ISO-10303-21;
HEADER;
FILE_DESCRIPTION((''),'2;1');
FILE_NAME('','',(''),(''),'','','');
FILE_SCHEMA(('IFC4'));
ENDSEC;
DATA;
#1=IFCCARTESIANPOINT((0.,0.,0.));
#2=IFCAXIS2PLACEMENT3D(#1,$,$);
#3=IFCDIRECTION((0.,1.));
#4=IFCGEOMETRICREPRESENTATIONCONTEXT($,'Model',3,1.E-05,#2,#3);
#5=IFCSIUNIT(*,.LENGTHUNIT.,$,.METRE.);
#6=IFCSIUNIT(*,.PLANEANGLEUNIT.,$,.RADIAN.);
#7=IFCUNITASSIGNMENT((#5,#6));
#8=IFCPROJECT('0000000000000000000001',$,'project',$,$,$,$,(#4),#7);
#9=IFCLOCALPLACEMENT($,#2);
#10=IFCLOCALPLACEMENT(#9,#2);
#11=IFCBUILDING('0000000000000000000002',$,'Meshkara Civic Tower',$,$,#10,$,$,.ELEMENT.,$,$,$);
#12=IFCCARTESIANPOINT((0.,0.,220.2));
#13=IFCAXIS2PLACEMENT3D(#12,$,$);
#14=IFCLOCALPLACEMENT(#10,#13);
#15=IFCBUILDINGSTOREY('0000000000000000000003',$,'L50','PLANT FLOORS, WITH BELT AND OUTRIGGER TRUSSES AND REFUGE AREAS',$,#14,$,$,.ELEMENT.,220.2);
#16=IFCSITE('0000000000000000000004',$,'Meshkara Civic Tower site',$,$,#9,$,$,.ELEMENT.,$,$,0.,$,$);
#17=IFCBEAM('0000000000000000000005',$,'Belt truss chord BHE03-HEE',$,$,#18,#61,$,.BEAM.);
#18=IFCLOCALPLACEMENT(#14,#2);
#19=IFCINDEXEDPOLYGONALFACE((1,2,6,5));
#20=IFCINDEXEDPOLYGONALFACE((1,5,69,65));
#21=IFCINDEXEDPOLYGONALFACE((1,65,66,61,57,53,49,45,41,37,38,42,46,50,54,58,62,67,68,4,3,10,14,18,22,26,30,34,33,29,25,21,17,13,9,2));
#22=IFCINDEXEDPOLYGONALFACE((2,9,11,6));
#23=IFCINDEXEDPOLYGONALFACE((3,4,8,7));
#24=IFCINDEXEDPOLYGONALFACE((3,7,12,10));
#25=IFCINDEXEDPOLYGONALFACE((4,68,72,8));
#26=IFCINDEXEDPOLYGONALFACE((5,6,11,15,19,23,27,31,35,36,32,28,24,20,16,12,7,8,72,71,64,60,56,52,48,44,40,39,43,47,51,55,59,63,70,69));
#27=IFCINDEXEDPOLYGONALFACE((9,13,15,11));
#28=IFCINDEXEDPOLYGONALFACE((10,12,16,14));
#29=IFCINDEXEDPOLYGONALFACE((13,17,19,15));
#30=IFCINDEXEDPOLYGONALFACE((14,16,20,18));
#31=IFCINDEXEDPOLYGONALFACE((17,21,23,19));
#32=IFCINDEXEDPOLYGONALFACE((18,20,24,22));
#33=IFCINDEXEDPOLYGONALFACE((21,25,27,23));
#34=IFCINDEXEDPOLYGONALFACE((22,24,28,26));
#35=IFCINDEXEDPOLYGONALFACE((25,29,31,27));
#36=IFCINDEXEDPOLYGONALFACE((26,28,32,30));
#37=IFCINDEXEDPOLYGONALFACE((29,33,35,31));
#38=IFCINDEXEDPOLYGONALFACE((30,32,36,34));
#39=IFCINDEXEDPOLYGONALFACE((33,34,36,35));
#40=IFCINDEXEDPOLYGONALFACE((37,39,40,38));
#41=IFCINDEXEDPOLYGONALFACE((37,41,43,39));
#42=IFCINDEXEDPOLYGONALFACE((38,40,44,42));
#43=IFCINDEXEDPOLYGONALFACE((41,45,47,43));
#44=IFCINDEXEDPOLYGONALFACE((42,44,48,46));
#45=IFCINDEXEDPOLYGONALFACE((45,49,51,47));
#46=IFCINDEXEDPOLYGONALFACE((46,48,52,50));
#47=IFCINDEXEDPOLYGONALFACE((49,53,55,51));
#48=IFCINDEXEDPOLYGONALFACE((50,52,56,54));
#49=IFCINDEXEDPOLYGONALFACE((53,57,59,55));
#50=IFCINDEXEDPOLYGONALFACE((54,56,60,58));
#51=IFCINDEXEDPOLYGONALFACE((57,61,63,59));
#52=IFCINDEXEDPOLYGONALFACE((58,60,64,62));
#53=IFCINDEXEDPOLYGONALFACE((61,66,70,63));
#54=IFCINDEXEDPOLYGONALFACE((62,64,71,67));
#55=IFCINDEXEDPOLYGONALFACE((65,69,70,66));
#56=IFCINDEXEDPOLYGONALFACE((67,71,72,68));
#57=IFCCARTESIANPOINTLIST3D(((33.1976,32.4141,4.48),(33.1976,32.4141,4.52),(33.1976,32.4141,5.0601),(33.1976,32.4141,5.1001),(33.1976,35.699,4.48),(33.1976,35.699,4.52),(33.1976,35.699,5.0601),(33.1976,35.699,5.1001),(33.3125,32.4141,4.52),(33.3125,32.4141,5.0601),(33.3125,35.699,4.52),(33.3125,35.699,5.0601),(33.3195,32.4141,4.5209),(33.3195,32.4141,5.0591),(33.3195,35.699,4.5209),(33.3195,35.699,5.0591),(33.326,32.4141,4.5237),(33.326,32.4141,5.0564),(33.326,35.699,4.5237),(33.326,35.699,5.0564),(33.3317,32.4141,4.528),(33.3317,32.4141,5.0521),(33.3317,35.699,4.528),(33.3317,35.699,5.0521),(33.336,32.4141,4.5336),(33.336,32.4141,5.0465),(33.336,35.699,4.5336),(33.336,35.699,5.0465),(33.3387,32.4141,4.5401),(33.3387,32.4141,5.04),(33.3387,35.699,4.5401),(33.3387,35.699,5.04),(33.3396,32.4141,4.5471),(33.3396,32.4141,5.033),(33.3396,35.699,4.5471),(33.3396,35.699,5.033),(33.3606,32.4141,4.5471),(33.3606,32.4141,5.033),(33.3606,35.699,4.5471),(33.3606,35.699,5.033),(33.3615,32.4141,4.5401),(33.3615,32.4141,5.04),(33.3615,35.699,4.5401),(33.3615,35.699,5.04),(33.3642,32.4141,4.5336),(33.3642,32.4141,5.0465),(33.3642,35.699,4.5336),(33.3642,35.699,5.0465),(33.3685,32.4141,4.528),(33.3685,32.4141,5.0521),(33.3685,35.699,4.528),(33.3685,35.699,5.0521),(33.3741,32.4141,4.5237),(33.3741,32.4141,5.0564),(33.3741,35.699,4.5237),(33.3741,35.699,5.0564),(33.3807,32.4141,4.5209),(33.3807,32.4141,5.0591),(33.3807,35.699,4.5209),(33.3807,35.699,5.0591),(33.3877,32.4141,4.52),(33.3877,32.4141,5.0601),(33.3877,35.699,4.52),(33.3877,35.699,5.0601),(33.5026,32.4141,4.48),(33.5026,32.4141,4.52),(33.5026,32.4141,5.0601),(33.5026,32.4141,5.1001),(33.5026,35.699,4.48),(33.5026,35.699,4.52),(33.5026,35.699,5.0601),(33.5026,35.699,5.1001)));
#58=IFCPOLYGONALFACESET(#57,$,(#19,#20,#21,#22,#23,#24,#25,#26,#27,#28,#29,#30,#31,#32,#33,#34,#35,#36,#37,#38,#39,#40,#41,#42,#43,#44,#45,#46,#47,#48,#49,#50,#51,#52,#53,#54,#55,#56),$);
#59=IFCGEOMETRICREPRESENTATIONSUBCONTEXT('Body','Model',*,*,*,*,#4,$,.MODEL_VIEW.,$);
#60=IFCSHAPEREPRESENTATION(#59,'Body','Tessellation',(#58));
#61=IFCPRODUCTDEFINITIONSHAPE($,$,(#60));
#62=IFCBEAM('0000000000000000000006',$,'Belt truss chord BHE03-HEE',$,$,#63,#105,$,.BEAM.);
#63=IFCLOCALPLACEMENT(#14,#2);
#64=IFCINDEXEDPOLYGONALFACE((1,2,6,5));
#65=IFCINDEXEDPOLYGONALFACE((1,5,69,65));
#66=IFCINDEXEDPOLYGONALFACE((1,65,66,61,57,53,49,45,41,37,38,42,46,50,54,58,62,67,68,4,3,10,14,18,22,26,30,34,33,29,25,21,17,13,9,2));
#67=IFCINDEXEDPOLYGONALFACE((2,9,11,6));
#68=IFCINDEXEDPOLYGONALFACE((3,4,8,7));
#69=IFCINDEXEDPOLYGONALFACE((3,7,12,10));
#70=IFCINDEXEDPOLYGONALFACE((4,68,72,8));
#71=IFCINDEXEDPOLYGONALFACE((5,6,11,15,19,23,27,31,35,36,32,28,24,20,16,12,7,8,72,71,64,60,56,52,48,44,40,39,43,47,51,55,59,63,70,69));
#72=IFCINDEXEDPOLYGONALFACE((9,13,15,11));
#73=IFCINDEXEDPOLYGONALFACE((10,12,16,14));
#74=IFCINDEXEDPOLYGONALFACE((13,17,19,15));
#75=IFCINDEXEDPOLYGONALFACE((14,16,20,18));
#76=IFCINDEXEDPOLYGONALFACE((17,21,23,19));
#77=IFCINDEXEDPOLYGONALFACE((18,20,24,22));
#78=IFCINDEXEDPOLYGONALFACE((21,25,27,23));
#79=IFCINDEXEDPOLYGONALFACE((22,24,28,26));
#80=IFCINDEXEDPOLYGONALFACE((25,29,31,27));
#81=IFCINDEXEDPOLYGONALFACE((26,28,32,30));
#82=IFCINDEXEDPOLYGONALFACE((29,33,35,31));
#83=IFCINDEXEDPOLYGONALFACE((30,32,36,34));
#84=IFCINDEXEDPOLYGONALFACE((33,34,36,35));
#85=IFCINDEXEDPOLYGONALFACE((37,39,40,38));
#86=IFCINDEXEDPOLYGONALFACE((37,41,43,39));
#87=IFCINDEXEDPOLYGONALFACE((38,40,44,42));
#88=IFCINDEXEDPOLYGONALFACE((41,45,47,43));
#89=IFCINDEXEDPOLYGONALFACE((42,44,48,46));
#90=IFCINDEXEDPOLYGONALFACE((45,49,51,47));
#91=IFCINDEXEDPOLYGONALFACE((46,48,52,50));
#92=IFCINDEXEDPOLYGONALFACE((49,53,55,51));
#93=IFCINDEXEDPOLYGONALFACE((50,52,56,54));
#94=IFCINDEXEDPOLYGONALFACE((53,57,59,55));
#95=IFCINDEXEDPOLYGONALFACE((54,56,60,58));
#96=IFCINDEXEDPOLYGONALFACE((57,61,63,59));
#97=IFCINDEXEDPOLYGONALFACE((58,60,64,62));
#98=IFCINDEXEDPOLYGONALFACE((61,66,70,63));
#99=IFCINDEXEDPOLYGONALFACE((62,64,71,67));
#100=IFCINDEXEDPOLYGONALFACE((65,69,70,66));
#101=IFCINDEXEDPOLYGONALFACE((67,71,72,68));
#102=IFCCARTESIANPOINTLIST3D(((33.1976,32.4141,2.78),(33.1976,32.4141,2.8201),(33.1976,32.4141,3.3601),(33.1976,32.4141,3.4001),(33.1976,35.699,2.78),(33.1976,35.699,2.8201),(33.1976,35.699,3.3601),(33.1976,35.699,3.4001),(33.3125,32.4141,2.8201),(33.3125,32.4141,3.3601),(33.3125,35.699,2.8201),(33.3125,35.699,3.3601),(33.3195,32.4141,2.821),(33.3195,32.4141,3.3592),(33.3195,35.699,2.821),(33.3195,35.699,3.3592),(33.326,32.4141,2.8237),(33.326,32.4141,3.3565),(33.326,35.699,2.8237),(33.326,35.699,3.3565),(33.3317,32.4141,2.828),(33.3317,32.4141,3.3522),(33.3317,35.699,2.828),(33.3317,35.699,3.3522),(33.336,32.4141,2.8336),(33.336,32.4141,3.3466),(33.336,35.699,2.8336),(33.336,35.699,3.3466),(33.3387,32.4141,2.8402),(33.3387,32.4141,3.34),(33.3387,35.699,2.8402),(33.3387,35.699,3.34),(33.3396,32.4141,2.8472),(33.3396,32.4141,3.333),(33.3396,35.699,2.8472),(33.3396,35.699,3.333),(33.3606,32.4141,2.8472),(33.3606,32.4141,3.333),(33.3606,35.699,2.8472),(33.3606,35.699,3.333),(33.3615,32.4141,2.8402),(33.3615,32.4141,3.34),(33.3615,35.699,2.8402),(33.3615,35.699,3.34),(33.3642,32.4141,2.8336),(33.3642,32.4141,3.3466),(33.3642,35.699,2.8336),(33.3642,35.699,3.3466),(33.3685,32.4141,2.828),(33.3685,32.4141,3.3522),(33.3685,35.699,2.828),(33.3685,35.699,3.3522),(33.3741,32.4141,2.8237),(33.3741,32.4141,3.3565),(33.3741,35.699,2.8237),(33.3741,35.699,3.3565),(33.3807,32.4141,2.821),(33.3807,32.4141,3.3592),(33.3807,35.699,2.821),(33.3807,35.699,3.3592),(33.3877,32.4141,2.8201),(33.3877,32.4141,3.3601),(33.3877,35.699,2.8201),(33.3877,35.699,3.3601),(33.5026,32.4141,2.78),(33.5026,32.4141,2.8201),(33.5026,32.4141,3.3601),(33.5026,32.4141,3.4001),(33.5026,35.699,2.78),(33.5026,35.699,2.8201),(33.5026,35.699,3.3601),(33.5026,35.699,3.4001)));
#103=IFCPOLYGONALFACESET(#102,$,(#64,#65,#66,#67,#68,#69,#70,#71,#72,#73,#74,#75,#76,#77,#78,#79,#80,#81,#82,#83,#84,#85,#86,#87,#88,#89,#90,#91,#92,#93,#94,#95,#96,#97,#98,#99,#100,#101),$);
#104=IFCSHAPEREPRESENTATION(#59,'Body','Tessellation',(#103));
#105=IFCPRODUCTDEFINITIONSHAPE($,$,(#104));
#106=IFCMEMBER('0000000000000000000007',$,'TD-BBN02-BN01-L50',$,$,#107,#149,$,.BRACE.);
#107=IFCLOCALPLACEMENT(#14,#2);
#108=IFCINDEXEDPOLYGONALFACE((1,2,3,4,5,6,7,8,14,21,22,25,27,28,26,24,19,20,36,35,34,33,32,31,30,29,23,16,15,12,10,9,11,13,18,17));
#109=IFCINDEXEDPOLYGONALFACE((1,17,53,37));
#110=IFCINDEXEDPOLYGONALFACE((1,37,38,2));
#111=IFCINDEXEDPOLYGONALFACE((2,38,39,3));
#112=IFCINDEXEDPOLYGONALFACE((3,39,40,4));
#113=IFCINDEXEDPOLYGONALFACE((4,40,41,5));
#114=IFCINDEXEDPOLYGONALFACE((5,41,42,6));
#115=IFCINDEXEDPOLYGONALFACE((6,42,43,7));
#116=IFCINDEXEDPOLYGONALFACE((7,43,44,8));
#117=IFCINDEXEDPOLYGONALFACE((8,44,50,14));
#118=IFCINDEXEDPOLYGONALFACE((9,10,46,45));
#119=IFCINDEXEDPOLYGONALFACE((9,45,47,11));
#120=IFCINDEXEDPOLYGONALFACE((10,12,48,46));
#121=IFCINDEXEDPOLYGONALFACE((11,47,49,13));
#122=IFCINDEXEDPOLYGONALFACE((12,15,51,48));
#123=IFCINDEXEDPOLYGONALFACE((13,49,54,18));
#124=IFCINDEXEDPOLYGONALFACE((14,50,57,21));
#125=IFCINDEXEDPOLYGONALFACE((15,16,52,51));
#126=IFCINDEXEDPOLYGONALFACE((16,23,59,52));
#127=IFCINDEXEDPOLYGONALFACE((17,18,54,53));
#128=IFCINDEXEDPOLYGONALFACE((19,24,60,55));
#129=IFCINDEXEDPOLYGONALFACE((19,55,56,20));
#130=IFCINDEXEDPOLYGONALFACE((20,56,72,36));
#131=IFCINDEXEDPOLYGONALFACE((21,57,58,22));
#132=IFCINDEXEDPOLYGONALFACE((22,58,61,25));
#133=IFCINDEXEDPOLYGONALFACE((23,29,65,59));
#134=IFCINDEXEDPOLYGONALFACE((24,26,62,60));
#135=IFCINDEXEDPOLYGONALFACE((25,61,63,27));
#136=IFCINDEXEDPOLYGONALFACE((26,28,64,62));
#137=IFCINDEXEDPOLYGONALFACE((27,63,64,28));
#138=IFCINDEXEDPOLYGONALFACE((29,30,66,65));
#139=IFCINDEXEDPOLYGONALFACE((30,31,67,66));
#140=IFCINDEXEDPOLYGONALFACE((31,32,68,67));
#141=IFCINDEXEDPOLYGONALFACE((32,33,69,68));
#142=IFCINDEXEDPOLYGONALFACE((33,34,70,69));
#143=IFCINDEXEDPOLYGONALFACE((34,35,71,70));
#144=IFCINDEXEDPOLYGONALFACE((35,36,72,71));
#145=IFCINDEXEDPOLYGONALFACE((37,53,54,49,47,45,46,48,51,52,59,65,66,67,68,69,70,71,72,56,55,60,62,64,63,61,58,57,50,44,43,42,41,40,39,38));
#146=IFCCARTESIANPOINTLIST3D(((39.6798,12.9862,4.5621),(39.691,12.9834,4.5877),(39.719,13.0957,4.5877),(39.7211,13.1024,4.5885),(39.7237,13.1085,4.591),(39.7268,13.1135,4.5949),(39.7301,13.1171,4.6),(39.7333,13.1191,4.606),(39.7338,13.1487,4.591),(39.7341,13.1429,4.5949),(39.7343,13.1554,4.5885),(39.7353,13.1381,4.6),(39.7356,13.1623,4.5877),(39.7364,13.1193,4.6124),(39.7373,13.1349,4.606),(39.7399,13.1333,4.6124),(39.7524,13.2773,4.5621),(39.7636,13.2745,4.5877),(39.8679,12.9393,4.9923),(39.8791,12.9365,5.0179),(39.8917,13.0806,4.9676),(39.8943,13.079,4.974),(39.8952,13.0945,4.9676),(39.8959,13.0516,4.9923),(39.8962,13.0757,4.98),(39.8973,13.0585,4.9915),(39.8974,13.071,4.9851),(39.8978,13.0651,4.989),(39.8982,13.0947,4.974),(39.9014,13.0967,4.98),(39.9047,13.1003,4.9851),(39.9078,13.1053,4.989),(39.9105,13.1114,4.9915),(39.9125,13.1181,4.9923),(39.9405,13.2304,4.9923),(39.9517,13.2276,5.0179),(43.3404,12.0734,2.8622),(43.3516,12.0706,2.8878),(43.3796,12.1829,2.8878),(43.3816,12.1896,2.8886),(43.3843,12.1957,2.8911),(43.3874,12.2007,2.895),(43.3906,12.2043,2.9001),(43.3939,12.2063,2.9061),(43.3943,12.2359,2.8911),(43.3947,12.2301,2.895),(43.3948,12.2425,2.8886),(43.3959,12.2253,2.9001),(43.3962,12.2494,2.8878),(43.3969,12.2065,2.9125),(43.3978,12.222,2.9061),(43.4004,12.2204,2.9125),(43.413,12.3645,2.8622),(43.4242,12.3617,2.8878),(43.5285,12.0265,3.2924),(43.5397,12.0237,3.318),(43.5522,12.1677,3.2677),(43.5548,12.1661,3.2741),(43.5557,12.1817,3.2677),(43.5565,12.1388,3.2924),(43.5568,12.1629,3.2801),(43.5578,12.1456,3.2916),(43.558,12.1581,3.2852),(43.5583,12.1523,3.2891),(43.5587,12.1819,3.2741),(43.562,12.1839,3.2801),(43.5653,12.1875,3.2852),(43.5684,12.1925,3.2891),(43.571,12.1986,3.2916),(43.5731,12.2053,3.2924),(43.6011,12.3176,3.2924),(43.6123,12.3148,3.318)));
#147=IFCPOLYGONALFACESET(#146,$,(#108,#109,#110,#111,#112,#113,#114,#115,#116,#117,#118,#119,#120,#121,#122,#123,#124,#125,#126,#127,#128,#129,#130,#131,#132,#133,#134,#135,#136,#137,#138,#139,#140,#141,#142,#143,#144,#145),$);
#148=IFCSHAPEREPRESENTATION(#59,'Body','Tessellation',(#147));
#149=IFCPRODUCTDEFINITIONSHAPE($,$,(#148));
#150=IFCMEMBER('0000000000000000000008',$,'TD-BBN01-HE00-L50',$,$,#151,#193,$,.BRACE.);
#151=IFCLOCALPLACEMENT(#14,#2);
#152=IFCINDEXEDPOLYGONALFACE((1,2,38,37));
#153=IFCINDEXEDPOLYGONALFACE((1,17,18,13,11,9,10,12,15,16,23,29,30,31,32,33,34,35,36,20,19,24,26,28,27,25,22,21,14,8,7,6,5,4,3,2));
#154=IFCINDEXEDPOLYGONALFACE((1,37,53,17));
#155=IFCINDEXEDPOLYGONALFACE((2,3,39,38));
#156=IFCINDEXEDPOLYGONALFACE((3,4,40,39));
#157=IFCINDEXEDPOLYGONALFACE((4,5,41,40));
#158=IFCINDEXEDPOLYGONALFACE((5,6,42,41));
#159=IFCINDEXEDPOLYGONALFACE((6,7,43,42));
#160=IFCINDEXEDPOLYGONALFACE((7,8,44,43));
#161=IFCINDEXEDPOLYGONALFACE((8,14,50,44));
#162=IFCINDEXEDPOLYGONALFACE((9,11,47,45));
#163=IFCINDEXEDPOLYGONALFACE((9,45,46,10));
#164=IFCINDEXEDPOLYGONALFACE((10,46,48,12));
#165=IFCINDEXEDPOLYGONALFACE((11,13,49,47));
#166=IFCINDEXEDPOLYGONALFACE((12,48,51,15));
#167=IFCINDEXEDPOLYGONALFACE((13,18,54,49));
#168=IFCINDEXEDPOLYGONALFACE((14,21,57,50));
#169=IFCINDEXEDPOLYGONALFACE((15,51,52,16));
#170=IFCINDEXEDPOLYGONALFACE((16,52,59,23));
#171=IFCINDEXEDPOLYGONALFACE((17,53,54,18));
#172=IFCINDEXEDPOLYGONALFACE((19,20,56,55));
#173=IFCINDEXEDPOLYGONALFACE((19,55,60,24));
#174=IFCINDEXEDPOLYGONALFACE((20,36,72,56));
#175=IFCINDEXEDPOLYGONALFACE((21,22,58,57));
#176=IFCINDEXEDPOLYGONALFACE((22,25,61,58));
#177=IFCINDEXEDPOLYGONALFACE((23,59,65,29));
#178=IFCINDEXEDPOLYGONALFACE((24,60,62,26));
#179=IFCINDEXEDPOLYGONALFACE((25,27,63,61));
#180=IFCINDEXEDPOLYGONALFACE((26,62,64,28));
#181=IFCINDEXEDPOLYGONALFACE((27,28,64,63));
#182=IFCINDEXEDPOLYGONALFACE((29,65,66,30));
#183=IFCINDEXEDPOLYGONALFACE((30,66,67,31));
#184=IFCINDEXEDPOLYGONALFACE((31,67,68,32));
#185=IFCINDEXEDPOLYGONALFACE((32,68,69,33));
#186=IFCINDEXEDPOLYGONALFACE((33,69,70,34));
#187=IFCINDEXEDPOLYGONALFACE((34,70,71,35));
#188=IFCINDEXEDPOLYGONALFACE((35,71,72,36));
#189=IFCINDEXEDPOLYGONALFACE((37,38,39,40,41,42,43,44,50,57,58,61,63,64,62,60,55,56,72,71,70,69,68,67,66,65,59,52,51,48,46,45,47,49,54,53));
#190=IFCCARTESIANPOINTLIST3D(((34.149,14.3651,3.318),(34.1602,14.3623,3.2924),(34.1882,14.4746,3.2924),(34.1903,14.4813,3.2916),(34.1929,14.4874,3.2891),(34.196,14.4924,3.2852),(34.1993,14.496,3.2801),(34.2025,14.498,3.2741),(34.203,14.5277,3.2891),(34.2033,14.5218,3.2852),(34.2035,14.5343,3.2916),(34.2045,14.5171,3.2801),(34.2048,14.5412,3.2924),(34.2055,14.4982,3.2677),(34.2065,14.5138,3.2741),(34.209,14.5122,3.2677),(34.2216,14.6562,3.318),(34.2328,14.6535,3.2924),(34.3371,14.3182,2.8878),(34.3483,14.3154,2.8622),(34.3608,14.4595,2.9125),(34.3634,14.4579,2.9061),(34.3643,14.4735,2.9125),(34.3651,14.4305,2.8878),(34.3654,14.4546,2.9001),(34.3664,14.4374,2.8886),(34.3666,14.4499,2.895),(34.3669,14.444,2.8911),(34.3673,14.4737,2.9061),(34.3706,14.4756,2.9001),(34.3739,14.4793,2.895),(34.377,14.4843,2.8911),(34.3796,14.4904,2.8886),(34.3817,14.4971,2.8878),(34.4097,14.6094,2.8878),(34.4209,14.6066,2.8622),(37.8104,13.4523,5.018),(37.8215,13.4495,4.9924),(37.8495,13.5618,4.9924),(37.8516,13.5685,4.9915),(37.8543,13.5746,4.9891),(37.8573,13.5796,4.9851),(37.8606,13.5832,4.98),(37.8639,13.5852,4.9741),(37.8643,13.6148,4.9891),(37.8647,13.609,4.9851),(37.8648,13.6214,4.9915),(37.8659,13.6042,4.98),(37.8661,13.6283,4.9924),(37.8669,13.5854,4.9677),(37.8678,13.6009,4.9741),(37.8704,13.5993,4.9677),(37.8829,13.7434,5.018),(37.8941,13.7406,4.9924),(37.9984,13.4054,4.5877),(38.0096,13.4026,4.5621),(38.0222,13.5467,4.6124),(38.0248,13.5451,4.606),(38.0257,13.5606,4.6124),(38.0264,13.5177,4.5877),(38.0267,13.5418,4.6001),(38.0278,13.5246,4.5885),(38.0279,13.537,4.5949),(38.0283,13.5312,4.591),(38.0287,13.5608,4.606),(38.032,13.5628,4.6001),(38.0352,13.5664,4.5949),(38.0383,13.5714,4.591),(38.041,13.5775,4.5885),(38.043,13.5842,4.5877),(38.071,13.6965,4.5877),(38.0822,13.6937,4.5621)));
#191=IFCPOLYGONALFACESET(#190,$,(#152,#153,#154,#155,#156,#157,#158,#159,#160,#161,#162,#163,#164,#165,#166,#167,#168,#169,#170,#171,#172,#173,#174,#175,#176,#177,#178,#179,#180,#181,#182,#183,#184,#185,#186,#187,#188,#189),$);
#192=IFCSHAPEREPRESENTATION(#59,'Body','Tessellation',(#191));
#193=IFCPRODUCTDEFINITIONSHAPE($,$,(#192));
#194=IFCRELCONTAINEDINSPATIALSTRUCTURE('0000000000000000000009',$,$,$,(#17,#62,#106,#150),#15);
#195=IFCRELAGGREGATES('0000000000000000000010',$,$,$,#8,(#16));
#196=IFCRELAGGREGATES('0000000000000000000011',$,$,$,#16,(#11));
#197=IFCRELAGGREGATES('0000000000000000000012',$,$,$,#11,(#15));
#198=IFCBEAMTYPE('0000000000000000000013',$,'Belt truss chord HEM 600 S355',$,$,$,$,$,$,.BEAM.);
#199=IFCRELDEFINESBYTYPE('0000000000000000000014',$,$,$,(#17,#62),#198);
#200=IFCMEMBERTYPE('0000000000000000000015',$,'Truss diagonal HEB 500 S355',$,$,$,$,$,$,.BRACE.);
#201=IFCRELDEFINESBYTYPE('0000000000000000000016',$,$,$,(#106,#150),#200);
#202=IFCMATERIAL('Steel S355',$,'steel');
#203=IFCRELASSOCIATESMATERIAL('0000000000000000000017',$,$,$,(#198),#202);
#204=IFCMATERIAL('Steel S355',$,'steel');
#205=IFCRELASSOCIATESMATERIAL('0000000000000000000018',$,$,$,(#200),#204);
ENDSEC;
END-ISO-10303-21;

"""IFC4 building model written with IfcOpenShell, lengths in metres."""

from ifc_helpers import new_model, si_unit, direction, frame, origin, origin_2d, place, context, subcontext, project, spatial, i_section, extrude, material, material_profile, profile_set, type_object, element, save


model = new_model("IFC4")

# Units and contexts
model_context = context("Model", 3, precision=1e-05, world=origin(), true_north=direction((0.0, 1.0)))
body_context = subcontext(model_context, "Body", "Model", "MODEL_VIEW")
ifc_project = project(units=[si_unit("LENGTHUNIT", "METRE"), si_unit("PLANEANGLEUNIT", "RADIAN")], contexts=[model_context])

# Site, building, storey
site_placement = place(None, origin())
site = spatial("IfcSite", under=ifc_project, at=site_placement, Name="Meshkara Civic Tower site", CompositionType="ELEMENT", RefElevation=0.0)
building_placement = place(site_placement, origin())
building = spatial("IfcBuilding", under=site, at=building_placement, Name="Meshkara Civic Tower", CompositionType="ELEMENT")
storey_placement = place(building_placement, frame((0.0, 0.0, 220.2)))
storey = spatial("IfcBuildingStorey", under=building, at=storey_placement, Name="L50", Description="PLANT FLOORS, WITH BELT AND OUTRIGGER TRUSSES AND REFUGE AREAS", CompositionType="ELEMENT", Elevation=220.2)

# Beams
ifc_material_1 = material(Name="Steel S355", Category="steel")
ifc_material_profile_1 = material_profile(ifc_material_1, i_section(OverallWidth=0.3049, OverallDepth=0.6201, WebThickness=0.021, FlangeThickness=0.04, FilletRadius=0.0271, at=origin_2d()))
ifc_profile_set_1 = profile_set([ifc_material_profile_1], Name="Steel S355")
beam_type = type_object("IfcBeamType", Name="Belt truss chord HEM 600 S355", PredefinedType="BEAM", material=ifc_profile_set_1)
for number, where, z_axis, x_axis, name in (
    (1, (33.3501, 32.4141, 4.79), (0.0, 1.0, 0.0), (-1.0, 0.0, 0.0), "Belt truss chord BHE03-HEE"),
    (2, (33.3501, 32.4141, 3.0901), (0.0, 1.0, 0.0), (-1.0, 0.0, 0.0), "Belt truss chord BHE03-HEE"),
):
    element("IfcBeam", number, at=place(storey_placement, frame(where, z_axis=z_axis, x_axis=x_axis)), inside=storey, type_object=beam_type, Name=name, PredefinedType="BEAM", context=body_context, shape_type="SweptSolid", body=[
        extrude(i_section(OverallWidth=0.3049, OverallDepth=0.6201, WebThickness=0.021, FlangeThickness=0.04, FilletRadius=0.0271, at=origin_2d()), origin(), (0.0, 0.0, 1.0), 3.2849),
    ])

# Members
ifc_material_2 = material(Name="Steel S355", Category="steel")
ifc_material_profile_2 = material_profile(ifc_material_2, i_section(OverallWidth=0.3, OverallDepth=0.5, WebThickness=0.0144, FlangeThickness=0.0281, FilletRadius=0.0271, at=origin_2d()))
ifc_profile_set_2 = profile_set([ifc_material_profile_2], Name="Steel S355")
member_type = type_object("IfcMemberType", Name="Truss diagonal HEB 500 S355", PredefinedType="BRACE", material=ifc_profile_set_2)
member_1_placement = place(storey_placement, frame((43.4763, 12.1941, 3.0901), z_axis=(-0.884631, 0.220597, 0.41081), x_axis=(-0.241957, -0.970287, 0.0)))
element("IfcMember", 3, at=member_1_placement, inside=storey, type_object=member_type, Name="TD-BBN02-BN01-L50", PredefinedType="BRACE", context=body_context, shape_type="SweptSolid", body=[
    extrude(i_section(OverallWidth=0.3, OverallDepth=0.5, WebThickness=0.0144, FlangeThickness=0.0281, FilletRadius=0.0271, at=origin_2d()), origin(), (0.0, 0.0, 1.0), 4.1379),
])
member_2_placement = place(storey_placement, frame((37.9463, 13.573, 4.79), z_axis=(-0.884669, 0.220563, -0.410746), x_axis=(-0.241911, -0.970298, 0.0)))
element("IfcMember", 4, at=member_2_placement, inside=storey, type_object=member_type, Name="TD-BBN01-HE00-L50", PredefinedType="BRACE", context=body_context, shape_type="SweptSolid", body=[
    extrude(i_section(OverallWidth=0.3, OverallDepth=0.5, WebThickness=0.0144, FlangeThickness=0.0281, FilletRadius=0.0271, at=origin_2d()), origin(), (0.0, 0.0, 1.0), 4.1387),
])

save(model, "model.ifc")
